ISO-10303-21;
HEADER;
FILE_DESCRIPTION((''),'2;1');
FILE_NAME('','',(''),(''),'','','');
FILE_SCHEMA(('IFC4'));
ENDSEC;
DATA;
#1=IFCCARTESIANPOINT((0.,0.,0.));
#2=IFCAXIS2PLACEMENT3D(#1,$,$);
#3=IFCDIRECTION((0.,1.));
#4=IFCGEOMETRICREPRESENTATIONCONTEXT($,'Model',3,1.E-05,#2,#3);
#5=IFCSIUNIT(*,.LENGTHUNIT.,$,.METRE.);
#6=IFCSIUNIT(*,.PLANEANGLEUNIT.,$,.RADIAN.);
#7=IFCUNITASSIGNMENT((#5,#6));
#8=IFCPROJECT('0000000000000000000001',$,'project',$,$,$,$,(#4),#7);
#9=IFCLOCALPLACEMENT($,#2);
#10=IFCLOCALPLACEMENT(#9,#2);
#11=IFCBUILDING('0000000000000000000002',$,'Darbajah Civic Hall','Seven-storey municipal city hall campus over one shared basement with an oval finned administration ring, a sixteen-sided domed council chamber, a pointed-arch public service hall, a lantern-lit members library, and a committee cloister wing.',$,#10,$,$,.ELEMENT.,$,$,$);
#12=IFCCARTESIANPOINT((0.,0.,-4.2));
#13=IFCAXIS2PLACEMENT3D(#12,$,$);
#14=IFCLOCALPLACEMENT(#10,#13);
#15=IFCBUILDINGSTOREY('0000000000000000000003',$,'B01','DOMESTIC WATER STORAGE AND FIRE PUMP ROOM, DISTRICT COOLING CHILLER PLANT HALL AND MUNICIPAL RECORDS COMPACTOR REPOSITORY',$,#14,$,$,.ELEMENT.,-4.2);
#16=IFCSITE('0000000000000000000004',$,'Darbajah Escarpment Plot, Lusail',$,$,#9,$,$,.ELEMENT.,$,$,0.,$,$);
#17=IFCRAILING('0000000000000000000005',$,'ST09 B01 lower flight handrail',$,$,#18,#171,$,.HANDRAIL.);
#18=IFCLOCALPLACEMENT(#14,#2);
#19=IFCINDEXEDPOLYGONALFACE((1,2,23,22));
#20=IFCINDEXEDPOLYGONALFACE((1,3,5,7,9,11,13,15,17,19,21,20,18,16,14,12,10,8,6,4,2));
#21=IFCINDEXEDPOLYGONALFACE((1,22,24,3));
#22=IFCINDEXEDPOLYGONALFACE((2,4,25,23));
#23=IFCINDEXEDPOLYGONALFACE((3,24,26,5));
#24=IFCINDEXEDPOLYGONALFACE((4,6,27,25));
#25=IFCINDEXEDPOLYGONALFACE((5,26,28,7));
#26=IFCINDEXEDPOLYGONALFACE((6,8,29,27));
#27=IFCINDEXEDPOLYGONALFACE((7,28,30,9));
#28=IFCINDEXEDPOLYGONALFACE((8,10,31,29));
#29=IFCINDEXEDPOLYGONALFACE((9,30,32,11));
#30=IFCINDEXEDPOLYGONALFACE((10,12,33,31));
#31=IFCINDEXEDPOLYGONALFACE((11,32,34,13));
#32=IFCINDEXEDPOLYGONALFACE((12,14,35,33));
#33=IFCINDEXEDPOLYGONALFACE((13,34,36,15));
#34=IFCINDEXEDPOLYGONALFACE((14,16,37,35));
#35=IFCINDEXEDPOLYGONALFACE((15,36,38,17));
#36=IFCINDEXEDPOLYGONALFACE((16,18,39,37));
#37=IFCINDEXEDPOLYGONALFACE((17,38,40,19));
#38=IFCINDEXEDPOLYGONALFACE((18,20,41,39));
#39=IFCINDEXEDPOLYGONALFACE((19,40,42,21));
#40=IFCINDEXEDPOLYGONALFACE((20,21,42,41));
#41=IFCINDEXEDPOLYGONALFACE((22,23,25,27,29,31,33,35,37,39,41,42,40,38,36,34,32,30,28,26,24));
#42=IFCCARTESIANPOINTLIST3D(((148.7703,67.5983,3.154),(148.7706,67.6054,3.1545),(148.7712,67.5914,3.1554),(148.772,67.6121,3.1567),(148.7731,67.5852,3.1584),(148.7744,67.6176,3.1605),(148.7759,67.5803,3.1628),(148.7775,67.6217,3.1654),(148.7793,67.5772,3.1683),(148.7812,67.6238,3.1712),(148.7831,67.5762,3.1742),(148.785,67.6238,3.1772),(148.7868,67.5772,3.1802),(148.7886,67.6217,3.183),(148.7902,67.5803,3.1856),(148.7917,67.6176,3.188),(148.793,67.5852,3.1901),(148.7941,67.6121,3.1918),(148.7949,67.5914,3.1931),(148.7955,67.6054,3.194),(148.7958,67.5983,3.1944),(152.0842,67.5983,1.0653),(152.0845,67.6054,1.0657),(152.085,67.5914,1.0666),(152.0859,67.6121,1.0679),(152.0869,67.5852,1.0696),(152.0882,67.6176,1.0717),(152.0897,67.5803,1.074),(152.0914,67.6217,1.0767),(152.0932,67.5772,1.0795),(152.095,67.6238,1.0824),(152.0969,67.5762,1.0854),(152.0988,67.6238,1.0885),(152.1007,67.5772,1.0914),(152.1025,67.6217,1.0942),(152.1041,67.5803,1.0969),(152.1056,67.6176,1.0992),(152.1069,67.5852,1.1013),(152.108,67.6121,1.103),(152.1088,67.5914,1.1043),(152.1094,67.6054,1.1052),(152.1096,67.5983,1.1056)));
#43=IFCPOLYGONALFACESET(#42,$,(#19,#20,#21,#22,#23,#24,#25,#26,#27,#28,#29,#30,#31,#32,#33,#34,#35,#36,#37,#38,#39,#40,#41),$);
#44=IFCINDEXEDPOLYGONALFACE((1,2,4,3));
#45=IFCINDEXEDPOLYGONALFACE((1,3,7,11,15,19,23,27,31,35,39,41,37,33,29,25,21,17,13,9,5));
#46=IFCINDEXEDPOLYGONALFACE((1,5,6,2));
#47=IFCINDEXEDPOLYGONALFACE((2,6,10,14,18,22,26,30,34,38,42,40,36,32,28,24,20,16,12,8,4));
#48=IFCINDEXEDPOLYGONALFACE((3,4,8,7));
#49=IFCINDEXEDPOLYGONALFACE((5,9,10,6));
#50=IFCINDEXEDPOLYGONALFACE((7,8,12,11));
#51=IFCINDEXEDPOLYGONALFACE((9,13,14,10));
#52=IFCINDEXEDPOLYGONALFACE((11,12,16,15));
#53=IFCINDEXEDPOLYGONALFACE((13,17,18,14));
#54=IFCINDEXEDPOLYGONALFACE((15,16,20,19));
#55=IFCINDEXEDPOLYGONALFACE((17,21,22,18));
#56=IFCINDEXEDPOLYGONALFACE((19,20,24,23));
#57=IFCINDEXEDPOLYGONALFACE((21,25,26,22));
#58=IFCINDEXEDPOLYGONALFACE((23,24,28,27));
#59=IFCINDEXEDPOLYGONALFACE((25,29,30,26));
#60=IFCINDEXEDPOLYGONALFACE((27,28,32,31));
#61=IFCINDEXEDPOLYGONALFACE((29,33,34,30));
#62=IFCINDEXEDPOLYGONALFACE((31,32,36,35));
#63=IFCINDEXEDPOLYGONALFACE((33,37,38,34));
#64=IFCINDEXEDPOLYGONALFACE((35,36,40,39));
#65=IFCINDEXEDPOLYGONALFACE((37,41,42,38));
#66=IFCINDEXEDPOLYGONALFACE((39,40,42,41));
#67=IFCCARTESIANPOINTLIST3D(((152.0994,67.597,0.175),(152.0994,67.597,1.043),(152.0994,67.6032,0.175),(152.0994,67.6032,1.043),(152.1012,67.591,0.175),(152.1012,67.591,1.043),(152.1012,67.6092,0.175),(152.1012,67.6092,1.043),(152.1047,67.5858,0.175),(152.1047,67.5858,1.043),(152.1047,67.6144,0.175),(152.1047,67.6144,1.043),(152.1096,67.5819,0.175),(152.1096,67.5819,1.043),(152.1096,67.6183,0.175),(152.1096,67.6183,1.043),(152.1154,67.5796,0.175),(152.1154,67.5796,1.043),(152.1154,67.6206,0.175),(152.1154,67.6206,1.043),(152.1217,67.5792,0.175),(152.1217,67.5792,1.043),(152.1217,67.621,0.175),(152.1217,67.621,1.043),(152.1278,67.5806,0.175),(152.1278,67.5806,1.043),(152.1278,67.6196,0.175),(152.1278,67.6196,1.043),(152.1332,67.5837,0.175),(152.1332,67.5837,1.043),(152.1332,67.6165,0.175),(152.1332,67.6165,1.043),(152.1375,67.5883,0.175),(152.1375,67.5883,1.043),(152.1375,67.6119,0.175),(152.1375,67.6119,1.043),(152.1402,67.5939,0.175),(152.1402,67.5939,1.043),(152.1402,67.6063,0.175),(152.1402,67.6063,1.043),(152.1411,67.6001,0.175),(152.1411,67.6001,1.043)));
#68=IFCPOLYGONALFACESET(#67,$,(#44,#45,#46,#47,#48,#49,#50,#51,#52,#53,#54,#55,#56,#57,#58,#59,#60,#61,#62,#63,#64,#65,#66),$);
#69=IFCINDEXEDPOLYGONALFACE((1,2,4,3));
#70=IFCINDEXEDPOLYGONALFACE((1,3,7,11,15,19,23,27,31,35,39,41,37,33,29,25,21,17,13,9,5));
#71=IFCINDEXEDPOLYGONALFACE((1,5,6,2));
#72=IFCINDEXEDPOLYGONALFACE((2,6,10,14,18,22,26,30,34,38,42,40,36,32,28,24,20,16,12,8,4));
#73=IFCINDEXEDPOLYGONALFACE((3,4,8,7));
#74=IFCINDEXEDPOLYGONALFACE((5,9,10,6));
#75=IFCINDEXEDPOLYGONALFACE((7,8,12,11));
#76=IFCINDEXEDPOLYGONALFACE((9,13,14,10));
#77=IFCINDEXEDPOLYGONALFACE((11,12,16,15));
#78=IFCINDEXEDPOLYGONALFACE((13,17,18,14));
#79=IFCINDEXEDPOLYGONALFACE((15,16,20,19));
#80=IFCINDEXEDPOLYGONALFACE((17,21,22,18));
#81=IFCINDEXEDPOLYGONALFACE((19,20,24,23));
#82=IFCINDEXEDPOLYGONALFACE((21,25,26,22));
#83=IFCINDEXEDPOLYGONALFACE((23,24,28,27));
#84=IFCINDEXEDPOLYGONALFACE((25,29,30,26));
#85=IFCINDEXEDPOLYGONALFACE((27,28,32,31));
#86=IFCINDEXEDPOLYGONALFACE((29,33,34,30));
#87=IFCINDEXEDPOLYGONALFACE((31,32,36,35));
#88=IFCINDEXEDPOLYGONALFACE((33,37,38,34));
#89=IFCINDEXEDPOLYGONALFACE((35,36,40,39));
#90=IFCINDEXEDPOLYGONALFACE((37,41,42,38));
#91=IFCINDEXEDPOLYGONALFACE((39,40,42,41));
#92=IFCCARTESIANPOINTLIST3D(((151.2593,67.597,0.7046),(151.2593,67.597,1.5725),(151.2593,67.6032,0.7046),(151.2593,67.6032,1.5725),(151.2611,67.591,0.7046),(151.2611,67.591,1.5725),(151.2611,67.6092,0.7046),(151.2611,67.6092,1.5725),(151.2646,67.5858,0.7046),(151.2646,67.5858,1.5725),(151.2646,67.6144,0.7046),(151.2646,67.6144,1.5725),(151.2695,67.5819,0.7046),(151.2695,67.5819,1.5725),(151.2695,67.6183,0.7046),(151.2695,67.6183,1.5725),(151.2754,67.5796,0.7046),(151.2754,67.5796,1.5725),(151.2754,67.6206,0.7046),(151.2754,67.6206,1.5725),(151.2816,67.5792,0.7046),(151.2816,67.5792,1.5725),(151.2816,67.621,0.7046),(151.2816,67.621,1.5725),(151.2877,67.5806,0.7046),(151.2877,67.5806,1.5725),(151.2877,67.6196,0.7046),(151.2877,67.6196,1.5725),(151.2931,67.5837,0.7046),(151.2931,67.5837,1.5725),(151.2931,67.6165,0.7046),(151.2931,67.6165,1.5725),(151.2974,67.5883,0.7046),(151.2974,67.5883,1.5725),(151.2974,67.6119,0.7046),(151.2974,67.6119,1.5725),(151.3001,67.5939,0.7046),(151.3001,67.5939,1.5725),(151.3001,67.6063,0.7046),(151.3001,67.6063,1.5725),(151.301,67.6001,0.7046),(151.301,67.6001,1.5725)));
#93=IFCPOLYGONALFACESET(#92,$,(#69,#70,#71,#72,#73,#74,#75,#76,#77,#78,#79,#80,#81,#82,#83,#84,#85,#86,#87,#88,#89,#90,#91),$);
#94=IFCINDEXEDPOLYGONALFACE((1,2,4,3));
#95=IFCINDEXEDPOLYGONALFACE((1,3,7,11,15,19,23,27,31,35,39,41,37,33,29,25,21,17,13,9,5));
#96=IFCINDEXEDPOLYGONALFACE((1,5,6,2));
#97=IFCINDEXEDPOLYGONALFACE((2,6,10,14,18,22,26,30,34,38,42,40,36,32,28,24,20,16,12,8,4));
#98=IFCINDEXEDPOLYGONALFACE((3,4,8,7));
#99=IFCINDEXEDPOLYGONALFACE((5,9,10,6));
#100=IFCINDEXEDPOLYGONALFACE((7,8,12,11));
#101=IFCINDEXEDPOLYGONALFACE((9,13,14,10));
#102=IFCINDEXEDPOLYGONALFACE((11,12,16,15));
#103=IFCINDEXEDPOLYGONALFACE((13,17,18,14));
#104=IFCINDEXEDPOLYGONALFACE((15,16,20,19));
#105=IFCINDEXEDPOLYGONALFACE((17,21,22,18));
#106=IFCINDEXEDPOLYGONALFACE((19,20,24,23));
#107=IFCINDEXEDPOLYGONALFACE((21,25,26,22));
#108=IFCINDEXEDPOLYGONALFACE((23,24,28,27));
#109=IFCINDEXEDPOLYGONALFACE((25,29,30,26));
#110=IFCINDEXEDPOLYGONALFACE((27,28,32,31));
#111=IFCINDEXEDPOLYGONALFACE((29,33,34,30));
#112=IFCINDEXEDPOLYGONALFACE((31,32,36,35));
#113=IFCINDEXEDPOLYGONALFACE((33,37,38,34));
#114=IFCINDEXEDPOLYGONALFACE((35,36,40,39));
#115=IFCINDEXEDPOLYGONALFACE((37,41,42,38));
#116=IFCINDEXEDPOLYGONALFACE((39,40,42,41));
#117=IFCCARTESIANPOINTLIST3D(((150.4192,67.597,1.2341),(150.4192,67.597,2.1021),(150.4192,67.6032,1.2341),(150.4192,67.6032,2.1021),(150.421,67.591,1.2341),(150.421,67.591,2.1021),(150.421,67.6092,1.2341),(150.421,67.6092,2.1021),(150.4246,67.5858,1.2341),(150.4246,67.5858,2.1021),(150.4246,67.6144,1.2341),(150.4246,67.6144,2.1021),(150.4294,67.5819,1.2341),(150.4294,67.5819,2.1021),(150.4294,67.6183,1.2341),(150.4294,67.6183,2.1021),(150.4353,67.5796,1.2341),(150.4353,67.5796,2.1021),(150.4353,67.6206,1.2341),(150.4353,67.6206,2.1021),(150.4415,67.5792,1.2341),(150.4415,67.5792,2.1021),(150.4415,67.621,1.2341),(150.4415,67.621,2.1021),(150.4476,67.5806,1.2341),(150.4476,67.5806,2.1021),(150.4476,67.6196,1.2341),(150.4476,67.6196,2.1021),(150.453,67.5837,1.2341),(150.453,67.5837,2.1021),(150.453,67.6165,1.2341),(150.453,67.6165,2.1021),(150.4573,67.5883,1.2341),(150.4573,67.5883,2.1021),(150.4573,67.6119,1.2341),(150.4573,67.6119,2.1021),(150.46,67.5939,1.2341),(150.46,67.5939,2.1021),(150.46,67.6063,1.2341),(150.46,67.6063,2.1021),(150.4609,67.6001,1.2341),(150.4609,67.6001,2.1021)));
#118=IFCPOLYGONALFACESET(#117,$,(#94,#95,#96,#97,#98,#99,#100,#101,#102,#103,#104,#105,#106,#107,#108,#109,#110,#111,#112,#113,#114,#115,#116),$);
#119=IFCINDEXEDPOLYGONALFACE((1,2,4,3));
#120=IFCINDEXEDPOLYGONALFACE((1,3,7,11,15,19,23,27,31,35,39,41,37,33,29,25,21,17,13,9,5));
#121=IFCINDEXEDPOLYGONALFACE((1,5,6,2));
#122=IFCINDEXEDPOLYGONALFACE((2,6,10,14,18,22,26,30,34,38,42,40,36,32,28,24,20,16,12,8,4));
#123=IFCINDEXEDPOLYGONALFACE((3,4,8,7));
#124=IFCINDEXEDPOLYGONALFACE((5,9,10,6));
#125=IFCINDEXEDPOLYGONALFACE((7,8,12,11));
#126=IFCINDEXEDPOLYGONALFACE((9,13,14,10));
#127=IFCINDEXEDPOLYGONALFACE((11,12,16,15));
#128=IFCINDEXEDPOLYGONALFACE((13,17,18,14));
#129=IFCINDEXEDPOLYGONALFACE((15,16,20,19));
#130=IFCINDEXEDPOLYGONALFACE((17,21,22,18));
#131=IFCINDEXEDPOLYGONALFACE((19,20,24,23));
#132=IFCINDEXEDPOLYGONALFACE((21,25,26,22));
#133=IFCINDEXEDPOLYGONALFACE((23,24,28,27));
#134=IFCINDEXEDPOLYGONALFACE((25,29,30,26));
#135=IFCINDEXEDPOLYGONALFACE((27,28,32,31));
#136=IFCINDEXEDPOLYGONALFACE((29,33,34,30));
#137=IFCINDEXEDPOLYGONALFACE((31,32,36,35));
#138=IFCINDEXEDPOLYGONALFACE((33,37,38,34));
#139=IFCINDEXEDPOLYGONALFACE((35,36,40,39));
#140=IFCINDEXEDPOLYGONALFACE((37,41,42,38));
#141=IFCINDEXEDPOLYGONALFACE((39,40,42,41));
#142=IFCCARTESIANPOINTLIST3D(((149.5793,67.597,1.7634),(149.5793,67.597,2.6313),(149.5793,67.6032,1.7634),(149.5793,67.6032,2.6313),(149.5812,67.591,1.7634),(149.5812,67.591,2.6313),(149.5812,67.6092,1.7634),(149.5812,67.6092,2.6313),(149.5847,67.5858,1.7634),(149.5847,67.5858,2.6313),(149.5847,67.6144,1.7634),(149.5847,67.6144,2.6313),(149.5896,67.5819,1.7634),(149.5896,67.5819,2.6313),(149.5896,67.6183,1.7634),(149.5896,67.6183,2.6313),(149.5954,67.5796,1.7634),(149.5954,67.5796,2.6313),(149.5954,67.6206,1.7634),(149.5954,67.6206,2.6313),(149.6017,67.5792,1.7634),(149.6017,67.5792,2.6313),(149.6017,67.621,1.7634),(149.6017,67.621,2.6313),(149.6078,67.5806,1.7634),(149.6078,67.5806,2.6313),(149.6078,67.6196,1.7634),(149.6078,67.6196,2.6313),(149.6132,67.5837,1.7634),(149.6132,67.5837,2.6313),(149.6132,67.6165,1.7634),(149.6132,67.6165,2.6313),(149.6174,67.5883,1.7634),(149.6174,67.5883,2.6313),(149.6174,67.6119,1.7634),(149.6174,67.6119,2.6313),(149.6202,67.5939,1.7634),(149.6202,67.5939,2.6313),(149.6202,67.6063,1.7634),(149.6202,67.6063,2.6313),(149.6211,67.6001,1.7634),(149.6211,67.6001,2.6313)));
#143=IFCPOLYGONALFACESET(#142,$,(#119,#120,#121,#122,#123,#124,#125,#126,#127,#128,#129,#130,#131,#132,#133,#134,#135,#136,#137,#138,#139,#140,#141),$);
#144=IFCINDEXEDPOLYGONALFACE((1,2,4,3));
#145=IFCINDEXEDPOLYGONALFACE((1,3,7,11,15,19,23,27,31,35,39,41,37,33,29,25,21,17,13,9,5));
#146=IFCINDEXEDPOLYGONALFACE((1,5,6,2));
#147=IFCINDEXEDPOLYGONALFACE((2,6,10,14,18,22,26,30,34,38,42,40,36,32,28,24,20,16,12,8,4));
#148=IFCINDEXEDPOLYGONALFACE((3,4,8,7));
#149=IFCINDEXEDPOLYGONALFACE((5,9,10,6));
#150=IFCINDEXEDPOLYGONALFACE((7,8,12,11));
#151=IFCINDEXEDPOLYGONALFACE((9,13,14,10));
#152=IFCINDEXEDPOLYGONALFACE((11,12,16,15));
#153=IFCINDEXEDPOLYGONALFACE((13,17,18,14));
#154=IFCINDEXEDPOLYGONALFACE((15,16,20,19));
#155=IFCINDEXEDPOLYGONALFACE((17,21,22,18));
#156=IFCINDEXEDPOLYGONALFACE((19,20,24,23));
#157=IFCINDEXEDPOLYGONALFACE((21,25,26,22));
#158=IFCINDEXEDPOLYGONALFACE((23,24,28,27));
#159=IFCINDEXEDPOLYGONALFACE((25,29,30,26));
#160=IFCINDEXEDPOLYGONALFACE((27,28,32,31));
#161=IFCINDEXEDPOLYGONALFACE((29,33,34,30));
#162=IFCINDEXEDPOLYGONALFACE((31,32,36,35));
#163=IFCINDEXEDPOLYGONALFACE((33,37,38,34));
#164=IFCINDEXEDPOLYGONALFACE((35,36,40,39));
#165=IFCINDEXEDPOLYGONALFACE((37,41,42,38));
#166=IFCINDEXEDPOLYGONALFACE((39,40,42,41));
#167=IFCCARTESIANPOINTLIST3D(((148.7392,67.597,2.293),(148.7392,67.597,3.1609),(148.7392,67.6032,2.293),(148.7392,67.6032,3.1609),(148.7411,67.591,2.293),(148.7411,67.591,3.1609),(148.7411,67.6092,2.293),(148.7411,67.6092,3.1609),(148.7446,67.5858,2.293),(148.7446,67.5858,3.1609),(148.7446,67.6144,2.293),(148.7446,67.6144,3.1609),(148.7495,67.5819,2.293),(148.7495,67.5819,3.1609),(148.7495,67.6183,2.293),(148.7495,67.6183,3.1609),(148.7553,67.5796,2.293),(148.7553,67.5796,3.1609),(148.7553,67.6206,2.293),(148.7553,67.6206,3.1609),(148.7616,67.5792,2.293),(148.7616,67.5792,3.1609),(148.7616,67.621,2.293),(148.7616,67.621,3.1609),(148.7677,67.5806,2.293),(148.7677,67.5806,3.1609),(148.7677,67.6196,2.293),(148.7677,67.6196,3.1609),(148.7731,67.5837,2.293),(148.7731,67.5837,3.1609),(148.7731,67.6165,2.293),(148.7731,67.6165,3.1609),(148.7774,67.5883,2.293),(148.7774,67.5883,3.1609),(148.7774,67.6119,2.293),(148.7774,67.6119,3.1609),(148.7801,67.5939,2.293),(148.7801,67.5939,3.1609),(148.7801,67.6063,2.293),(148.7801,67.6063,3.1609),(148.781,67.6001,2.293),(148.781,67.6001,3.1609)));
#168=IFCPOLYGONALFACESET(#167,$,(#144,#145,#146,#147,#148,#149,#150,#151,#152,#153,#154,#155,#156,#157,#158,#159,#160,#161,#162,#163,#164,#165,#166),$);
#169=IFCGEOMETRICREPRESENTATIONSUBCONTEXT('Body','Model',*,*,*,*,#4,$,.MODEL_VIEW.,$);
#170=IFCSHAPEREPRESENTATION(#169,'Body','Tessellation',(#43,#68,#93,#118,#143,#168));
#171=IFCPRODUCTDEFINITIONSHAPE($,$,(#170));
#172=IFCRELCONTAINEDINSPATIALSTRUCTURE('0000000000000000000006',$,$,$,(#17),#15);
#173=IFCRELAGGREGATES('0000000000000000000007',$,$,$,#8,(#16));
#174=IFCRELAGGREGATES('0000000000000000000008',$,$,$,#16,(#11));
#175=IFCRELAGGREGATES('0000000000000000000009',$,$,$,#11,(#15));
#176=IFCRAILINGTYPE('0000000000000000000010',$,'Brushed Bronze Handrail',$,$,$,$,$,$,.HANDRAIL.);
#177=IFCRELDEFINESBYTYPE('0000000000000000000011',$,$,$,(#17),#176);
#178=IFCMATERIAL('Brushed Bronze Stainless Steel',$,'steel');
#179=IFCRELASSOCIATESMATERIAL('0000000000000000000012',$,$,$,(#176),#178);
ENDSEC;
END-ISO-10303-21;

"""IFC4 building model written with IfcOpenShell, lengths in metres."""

from ifc_helpers import new_model, si_unit, direction, frame, origin, origin_2d, place, context, subcontext, project, spatial, circle, extrude, material, type_object, element, save


model = new_model("IFC4")

# Units and contexts
model_context = context("Model", 3, precision=1e-05, world=origin(), true_north=direction((0.0, 1.0)))
body_context = subcontext(model_context, "Body", "Model", "MODEL_VIEW")
ifc_project = project(units=[si_unit("LENGTHUNIT", "METRE"), si_unit("PLANEANGLEUNIT", "RADIAN")], contexts=[model_context])

# Site, building, storey
site_placement = place(None, origin())
site = spatial("IfcSite", under=ifc_project, at=site_placement, Name="Darbajah Escarpment Plot, Lusail", CompositionType="ELEMENT", RefElevation=0.0)
building_placement = place(site_placement, origin())
building = spatial("IfcBuilding", under=site, at=building_placement, Name="Darbajah Civic Hall", Description="Seven-storey municipal city hall campus over one shared basement with an oval finned administration ring, a sixteen-sided domed council chamber, a pointed-arch public service hall, a lantern-lit members library, and a committee cloister wing.", CompositionType="ELEMENT")
storey_placement = place(building_placement, frame((0.0, 0.0, -4.2)))
storey = spatial("IfcBuildingStorey", under=building, at=storey_placement, Name="B01", Description="DOMESTIC WATER STORAGE AND FIRE PUMP ROOM, DISTRICT COOLING CHILLER PLANT HALL AND MUNICIPAL RECORDS COMPACTOR REPOSITORY", CompositionType="ELEMENT", Elevation=-4.2)

# Railing
ifc_material_1 = material(Name="Brushed Bronze Stainless Steel", Category="steel")
railing_type_1 = type_object("IfcRailingType", Name="Brushed Bronze Handrail", PredefinedType="HANDRAIL", material=ifc_material_1)
railing_1_placement = place(storey_placement, frame((152.1201, 67.6001, 0.175)))
element("IfcRailing", 1, at=railing_1_placement, inside=storey, type_object=railing_type_1, Name="ST09 B01 lower flight handrail", PredefinedType="HANDRAIL", context=body_context, shape_type="SweptSolid", body=[
    extrude(circle(Radius=0.0239, at=origin_2d()), frame((-0.0232, 0.0, 0.9104), z_axis=(-0.845972, 0.0, 0.533227), x_axis=(0.0, -1.0, 0.0)), (0.0, 0.0, 1.0), 3.9172),
    extrude(circle(Radius=0.021, at=origin_2d()), origin(), (0.0, 0.0, 1.0), 0.8679),
    extrude(circle(Radius=0.021, at=origin_2d()), frame((-0.8401, 0.0, 0.5295)), (0.0, 0.0, 1.0), 0.8679),
    extrude(circle(Radius=0.021, at=origin_2d()), frame((-1.6802, 0.0, 1.0591)), (0.0, 0.0, 1.0), 0.8679),
    extrude(circle(Radius=0.021, at=origin_2d()), frame((-2.52, 0.0, 1.5884)), (0.0, 0.0, 1.0), 0.8679),
    extrude(circle(Radius=0.021, at=origin_2d()), frame((-3.3601, 0.0, 2.1179)), (0.0, 0.0, 1.0), 0.8679),
])

save(model, "model.ifc")
